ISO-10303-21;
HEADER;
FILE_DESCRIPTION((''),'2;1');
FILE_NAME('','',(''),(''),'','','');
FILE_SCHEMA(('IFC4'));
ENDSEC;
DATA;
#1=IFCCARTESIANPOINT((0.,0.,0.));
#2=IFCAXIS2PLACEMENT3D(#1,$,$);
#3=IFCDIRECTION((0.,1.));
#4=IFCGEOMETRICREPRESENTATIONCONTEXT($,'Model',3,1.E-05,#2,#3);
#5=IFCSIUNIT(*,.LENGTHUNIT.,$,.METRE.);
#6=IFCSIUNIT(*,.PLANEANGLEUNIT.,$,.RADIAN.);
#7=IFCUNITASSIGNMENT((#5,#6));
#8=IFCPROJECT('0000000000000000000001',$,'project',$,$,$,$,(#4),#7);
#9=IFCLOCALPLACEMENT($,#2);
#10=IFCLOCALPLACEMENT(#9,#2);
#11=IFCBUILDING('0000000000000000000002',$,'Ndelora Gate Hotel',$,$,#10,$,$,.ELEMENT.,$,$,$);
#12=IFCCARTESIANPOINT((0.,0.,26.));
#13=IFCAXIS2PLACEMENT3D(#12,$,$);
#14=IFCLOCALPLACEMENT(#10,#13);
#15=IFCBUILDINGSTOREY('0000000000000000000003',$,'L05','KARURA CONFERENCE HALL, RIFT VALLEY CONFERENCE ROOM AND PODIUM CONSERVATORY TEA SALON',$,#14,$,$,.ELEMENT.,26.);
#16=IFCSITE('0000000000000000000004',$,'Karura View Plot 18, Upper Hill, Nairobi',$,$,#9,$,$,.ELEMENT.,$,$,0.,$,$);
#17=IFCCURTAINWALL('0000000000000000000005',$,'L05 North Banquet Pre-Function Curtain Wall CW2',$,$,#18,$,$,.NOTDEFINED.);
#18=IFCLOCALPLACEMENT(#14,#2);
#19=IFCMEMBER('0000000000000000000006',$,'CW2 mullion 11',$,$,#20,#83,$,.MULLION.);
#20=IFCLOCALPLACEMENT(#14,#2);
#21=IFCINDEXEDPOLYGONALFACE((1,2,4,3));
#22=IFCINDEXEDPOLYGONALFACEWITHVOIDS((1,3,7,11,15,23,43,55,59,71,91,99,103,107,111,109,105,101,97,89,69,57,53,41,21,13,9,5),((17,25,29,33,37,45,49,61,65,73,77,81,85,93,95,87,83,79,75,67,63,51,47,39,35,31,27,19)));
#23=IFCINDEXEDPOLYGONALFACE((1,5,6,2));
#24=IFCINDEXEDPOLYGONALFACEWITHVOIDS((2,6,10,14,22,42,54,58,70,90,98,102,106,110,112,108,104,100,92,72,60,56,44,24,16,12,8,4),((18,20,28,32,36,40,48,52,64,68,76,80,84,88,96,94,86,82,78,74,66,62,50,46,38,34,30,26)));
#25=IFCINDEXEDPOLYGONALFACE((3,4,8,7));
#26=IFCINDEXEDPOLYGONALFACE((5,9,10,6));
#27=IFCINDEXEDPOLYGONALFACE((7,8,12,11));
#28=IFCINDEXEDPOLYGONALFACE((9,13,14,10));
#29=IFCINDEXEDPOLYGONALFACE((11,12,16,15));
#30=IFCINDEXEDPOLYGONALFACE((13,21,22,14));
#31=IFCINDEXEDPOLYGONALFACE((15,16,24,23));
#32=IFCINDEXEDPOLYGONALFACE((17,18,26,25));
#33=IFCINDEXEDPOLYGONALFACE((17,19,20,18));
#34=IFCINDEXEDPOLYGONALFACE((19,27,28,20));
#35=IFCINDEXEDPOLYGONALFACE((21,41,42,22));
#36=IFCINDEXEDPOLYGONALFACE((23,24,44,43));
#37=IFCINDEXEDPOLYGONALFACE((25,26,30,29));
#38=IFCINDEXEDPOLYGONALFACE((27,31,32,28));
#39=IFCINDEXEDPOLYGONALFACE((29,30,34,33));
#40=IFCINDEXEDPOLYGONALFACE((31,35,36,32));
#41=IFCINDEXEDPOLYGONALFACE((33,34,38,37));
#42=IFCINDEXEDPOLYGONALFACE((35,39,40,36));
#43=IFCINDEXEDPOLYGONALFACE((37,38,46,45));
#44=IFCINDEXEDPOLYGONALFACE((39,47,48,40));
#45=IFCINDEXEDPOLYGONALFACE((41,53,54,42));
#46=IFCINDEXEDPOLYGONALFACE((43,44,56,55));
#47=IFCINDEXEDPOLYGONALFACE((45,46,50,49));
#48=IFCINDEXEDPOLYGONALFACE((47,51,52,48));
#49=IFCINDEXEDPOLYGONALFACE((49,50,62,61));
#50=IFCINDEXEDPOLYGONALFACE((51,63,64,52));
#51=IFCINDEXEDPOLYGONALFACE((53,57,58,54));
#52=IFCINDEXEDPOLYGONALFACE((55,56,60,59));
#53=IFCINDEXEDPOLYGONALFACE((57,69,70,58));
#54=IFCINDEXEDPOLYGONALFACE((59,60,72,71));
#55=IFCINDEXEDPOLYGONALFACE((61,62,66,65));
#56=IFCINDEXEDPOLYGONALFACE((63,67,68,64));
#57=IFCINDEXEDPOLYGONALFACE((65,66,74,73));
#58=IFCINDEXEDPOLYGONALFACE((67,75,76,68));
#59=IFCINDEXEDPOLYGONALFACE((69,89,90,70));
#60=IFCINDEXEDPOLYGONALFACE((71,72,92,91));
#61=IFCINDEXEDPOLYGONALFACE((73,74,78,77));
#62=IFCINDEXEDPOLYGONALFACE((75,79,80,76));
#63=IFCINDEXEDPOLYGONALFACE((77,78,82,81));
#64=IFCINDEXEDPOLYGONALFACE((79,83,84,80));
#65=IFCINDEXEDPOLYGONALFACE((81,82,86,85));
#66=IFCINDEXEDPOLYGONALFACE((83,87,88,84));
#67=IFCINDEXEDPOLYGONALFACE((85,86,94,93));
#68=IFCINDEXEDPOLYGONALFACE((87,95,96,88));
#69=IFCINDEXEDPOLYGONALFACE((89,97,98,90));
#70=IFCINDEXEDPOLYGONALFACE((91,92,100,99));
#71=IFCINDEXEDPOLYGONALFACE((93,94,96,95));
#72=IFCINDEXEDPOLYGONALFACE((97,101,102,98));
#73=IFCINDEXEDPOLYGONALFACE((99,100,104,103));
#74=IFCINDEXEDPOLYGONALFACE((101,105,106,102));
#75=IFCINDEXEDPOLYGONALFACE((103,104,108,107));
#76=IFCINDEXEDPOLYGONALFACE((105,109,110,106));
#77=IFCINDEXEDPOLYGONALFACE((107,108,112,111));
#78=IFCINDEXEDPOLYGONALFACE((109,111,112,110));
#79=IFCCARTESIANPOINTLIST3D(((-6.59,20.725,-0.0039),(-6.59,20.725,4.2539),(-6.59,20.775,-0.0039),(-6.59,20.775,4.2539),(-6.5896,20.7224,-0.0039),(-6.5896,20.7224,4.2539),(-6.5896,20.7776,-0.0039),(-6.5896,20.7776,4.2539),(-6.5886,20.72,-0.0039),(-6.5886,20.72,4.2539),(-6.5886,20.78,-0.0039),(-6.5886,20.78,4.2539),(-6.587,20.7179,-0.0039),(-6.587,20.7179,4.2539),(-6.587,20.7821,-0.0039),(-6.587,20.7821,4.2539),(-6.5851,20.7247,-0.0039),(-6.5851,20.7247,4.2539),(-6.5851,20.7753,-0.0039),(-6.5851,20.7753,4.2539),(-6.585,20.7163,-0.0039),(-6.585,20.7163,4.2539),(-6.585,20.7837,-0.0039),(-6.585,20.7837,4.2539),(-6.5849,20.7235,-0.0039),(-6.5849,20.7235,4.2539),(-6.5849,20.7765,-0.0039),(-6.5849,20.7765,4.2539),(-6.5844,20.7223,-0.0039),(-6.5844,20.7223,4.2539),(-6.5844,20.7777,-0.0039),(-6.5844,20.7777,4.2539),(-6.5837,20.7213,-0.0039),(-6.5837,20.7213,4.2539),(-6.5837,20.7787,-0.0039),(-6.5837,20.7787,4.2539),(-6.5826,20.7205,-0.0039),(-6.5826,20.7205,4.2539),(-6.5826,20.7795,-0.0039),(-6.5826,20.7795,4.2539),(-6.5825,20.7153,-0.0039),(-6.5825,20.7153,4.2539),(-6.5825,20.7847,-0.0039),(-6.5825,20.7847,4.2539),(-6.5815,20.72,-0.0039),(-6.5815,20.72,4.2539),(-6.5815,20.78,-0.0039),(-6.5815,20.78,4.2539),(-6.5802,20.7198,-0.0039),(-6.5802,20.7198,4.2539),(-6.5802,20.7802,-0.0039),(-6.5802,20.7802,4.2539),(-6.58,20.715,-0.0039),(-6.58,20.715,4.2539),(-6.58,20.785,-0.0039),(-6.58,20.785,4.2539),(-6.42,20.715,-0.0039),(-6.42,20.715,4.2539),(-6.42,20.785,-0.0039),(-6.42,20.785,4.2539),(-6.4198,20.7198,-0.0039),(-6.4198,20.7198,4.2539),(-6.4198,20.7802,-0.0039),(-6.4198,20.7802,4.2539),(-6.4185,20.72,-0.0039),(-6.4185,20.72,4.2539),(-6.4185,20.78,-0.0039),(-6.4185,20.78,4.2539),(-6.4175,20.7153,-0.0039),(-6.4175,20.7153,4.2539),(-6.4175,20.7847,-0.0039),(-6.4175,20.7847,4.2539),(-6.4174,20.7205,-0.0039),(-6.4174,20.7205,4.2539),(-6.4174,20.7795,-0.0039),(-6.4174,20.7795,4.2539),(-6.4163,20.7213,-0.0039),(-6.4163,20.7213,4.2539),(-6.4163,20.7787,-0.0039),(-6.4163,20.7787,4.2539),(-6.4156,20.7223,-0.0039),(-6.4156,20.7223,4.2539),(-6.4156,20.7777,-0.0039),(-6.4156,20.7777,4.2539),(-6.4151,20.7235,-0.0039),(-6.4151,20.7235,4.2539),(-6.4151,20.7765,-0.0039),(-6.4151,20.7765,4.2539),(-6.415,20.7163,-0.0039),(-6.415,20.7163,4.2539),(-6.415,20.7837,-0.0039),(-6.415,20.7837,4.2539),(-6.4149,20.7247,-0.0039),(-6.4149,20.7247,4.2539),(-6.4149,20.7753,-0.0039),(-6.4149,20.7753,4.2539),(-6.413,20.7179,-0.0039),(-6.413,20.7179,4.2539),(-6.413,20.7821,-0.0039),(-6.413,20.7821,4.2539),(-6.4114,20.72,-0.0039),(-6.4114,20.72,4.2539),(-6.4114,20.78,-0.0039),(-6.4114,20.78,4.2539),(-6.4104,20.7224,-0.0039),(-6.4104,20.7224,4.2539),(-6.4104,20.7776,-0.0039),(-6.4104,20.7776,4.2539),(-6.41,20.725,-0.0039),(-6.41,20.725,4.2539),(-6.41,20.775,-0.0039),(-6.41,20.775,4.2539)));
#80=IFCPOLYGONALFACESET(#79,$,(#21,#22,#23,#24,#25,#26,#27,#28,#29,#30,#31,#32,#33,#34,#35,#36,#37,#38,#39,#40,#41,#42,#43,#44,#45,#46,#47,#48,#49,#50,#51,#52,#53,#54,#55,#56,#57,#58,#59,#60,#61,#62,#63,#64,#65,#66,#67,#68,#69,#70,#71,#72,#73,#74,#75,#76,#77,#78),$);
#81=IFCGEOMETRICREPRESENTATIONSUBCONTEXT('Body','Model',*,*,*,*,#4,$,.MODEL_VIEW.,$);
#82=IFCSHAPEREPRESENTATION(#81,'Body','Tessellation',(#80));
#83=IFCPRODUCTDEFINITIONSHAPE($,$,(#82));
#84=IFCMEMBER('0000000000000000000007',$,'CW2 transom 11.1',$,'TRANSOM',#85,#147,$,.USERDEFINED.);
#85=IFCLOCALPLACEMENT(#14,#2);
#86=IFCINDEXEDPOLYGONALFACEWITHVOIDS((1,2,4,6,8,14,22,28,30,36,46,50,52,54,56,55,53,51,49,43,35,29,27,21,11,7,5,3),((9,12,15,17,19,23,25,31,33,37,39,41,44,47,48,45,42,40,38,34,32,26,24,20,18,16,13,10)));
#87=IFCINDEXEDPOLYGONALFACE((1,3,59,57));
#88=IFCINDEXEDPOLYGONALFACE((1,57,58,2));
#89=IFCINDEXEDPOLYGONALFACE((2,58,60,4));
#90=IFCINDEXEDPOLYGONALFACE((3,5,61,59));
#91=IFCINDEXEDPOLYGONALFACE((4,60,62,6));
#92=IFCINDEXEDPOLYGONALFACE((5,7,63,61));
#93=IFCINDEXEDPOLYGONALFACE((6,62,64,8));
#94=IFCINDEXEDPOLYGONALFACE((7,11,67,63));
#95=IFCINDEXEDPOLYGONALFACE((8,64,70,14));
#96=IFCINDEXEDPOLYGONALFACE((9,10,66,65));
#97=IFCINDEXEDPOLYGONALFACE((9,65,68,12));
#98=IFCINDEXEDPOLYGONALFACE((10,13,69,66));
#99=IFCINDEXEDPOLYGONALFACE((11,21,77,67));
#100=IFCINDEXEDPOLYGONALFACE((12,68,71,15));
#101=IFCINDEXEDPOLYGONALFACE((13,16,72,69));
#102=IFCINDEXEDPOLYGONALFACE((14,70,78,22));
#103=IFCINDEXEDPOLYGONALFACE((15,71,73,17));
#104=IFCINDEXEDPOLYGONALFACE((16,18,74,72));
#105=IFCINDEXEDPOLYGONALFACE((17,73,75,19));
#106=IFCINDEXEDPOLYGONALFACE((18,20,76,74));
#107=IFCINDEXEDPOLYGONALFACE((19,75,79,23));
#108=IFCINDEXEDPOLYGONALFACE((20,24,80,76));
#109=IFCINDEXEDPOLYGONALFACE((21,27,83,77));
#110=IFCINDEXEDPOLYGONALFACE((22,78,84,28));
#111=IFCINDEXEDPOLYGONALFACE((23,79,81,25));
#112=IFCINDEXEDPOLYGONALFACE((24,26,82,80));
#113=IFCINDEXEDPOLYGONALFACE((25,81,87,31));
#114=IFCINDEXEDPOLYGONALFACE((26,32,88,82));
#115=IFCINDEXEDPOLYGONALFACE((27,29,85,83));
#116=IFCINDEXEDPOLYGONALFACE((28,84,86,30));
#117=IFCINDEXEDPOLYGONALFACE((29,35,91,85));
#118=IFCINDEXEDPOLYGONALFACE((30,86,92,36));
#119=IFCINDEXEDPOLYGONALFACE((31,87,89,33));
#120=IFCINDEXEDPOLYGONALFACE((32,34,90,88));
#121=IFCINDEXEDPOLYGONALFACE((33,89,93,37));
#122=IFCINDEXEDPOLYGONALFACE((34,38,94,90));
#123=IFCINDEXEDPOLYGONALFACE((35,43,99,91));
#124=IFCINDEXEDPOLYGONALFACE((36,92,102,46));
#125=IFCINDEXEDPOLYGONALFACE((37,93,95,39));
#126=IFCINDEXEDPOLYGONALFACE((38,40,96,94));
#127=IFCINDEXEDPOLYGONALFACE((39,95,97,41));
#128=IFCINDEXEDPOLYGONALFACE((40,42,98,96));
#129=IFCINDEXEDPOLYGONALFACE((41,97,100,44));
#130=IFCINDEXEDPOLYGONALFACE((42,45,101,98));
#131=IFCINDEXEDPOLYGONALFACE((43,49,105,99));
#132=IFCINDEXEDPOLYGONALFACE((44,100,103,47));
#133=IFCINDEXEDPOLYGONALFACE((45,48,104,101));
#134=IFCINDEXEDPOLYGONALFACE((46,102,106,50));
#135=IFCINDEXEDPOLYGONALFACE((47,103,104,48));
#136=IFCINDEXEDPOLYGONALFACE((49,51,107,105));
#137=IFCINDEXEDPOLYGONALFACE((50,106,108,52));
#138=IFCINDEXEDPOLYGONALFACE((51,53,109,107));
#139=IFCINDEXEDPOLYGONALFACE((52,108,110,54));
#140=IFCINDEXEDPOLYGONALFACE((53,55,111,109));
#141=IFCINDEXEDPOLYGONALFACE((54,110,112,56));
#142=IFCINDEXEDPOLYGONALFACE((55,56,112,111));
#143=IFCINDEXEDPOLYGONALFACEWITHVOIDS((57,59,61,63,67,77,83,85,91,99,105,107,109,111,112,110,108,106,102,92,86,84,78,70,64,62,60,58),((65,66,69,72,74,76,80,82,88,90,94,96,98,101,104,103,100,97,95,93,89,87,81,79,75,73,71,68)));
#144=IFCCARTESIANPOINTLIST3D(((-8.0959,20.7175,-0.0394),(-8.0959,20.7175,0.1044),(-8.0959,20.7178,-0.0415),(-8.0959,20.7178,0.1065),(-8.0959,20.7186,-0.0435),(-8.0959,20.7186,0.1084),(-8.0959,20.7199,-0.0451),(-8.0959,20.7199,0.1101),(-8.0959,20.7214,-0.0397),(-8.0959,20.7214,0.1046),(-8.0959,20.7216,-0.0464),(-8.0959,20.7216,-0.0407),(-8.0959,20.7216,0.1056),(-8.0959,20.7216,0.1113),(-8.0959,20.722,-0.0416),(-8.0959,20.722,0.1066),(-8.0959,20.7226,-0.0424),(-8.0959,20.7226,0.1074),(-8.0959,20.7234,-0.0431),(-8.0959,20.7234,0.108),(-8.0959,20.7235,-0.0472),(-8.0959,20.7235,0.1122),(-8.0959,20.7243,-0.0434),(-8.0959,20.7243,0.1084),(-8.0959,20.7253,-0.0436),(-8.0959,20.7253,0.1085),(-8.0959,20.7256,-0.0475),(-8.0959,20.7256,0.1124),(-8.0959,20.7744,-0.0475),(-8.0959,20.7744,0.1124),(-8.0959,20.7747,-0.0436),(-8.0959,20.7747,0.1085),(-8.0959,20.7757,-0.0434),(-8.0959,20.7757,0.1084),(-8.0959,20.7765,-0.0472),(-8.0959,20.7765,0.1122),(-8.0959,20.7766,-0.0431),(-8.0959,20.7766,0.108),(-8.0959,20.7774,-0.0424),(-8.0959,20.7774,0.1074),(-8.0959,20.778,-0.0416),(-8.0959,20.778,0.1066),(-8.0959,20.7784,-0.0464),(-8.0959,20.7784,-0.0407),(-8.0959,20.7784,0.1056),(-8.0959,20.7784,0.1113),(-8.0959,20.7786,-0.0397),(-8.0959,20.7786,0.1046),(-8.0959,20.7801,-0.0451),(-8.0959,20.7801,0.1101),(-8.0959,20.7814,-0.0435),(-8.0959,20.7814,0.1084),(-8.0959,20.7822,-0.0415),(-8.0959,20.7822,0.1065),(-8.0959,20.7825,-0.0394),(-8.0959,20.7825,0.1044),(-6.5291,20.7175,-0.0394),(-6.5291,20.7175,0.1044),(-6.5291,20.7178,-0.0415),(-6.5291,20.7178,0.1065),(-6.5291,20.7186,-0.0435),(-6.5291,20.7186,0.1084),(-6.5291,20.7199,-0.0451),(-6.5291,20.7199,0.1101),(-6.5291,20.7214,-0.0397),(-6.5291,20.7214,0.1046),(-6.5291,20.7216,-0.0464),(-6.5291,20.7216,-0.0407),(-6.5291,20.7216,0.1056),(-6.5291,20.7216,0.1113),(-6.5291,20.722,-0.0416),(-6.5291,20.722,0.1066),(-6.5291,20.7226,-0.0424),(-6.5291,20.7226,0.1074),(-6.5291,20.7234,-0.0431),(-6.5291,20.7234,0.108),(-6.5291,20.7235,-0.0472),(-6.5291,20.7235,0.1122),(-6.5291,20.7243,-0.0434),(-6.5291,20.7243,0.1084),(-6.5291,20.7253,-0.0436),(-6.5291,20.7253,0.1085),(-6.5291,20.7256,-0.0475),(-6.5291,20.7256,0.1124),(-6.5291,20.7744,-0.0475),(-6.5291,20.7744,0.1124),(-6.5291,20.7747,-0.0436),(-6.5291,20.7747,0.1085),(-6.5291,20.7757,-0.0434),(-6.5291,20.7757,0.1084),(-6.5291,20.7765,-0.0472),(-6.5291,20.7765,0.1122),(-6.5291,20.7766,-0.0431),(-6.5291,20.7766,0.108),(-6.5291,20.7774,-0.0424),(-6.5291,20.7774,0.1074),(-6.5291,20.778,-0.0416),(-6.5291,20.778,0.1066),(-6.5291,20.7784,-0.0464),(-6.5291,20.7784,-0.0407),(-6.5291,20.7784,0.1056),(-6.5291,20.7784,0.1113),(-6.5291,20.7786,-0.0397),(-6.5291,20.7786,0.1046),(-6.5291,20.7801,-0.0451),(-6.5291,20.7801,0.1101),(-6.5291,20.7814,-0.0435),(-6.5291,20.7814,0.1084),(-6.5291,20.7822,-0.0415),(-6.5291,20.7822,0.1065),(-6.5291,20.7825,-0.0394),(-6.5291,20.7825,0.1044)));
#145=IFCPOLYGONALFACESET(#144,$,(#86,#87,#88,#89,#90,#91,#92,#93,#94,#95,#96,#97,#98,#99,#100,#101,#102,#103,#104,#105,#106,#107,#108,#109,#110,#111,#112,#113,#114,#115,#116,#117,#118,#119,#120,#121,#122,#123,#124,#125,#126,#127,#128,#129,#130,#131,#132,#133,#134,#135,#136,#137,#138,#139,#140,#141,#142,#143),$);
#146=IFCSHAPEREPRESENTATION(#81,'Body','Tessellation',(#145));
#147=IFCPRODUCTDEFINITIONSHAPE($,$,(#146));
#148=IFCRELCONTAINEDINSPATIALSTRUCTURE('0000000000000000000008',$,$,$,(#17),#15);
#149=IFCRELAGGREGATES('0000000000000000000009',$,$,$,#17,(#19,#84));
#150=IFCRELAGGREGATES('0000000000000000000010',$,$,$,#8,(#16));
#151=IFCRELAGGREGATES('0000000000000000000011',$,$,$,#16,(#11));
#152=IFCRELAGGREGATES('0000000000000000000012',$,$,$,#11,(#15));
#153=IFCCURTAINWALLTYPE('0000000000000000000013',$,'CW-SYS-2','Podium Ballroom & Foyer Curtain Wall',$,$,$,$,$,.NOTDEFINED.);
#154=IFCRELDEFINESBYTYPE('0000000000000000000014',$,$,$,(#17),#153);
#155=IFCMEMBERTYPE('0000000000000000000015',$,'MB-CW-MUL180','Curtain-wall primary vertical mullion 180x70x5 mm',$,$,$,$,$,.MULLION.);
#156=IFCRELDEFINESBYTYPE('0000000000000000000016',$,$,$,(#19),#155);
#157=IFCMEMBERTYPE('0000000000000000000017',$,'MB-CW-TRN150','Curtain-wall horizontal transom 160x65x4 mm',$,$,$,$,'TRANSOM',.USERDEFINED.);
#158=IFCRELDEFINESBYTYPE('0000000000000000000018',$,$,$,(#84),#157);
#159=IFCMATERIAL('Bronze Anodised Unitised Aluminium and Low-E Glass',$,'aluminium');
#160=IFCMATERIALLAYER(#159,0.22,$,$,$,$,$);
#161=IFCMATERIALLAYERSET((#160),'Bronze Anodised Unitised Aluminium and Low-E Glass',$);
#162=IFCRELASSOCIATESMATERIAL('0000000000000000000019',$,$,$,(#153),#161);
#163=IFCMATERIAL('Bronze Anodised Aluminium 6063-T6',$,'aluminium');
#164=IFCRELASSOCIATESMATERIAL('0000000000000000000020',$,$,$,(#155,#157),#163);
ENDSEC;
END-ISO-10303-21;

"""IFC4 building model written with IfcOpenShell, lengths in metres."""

from ifc_helpers import new_model, si_unit, direction, frame, origin, origin_2d, place, context, subcontext, project, spatial, hollow_rectangle, extrude, material, layer, layer_set, material_profile, profile_set, type_object, element, aggregate, save


model = new_model("IFC4")

# Units and contexts
model_context = context("Model", 3, precision=1e-05, world=origin(), true_north=direction((0.0, 1.0)))
body_context = subcontext(model_context, "Body", "Model", "MODEL_VIEW")
ifc_project = project(units=[si_unit("LENGTHUNIT", "METRE"), si_unit("PLANEANGLEUNIT", "RADIAN")], contexts=[model_context])

# Site, building, storey
site_placement = place(None, origin())
site = spatial("IfcSite", under=ifc_project, at=site_placement, Name="Karura View Plot 18, Upper Hill, Nairobi", CompositionType="ELEMENT", RefElevation=0.0)
building_placement = place(site_placement, origin())
building = spatial("IfcBuilding", under=site, at=building_placement, Name="Ndelora Gate Hotel", CompositionType="ELEMENT")
storey_placement = place(building_placement, frame((0.0, 0.0, 26.0)))
storey = spatial("IfcBuildingStorey", under=building, at=storey_placement, Name="L05", Description="KARURA CONFERENCE HALL, RIFT VALLEY CONFERENCE ROOM AND PODIUM CONSERVATORY TEA SALON", CompositionType="ELEMENT", Elevation=26.0)

# Curtain wall, members
ifc_material_1 = material(Name="Bronze Anodised Unitised Aluminium and Low-E Glass", Category="aluminium")
ifc_layer_1 = layer(ifc_material_1, 0.22)
ifc_layer_set_1 = layer_set([ifc_layer_1], Name="Bronze Anodised Unitised Aluminium and Low-E Glass")
curtain_wall_type = type_object("IfcCurtainWallType", Name="CW-SYS-2", Description="Podium Ballroom & Foyer Curtain Wall", PredefinedType="NOTDEFINED", material=ifc_layer_set_1)
curtain_wall_placement = place(storey_placement, origin())
curtain_wall = element("IfcCurtainWall", 1, at=curtain_wall_placement, inside=storey, type_object=curtain_wall_type, Name="L05 North Banquet Pre-Function Curtain Wall CW2", PredefinedType="NOTDEFINED")
ifc_material_2 = material(Name="Bronze Anodised Aluminium 6063-T6", Category="aluminium")
ifc_material_profile_1 = material_profile(ifc_material_2, hollow_rectangle(XDim=0.0701, YDim=0.1799, WallThickness=0.0049, InnerFilletRadius=0.0049, OuterFilletRadius=0.01, at=origin_2d()), Name="ALU 180x70x5")
ifc_profile_set_1 = profile_set([ifc_material_profile_1], Name="Bronze Anodised Aluminium 6063-T6")
member_type_1 = type_object("IfcMemberType", Name="MB-CW-MUL180", Description="Curtain-wall primary vertical mullion 180x70x5 mm", PredefinedType="MULLION", material=ifc_profile_set_1)
member_1_placement = place(storey_placement, frame((-6.5, 20.75, -0.0039), z_axis=(0.0, 0.0, 1.0), x_axis=(0.0, -1.0, 0.0)))
member_1 = element("IfcMember", 2, at=member_1_placement, type_object=member_type_1, Name="CW2 mullion 11", PredefinedType="MULLION", context=body_context, shape_type="SweptSolid", body=[
    extrude(hollow_rectangle(XDim=0.0701, YDim=0.1799, WallThickness=0.0049, InnerFilletRadius=0.0049, OuterFilletRadius=0.01, at=origin_2d()), origin(), (0.0, 0.0, 1.0), 4.2578),
])
ifc_material_profile_2 = material_profile(ifc_material_2, hollow_rectangle(XDim=0.0649, YDim=0.1599, WallThickness=0.0039, InnerFilletRadius=0.0039, OuterFilletRadius=0.0081, at=origin_2d()), Name="ALU 160x65x4")
ifc_profile_set_2 = profile_set([ifc_material_profile_2], Name="Bronze Anodised Aluminium 6063-T6")
member_type_2 = type_object("IfcMemberType", Name="MB-CW-TRN150", Description="Curtain-wall horizontal transom 160x65x4 mm", ElementType="TRANSOM", PredefinedType="USERDEFINED", material=ifc_profile_set_2)
member_2_placement = place(storey_placement, frame((-6.5291, 20.75, 0.0325), z_axis=(-1.0, 0.0, 0.0), x_axis=(0.0, -1.0, 0.0)))
member_2 = element("IfcMember", 3, at=member_2_placement, type_object=member_type_2, Name="CW2 transom 11.1", ObjectType="TRANSOM", PredefinedType="USERDEFINED", context=body_context, shape_type="SweptSolid", body=[
    extrude(hollow_rectangle(XDim=0.0649, YDim=0.1599, WallThickness=0.0039, InnerFilletRadius=0.0039, OuterFilletRadius=0.0081, at=origin_2d()), origin(), (0.0, 0.0, 1.0), 1.5669),
])
aggregate(curtain_wall, [member_1, member_2])

save(model, "model.ifc")
